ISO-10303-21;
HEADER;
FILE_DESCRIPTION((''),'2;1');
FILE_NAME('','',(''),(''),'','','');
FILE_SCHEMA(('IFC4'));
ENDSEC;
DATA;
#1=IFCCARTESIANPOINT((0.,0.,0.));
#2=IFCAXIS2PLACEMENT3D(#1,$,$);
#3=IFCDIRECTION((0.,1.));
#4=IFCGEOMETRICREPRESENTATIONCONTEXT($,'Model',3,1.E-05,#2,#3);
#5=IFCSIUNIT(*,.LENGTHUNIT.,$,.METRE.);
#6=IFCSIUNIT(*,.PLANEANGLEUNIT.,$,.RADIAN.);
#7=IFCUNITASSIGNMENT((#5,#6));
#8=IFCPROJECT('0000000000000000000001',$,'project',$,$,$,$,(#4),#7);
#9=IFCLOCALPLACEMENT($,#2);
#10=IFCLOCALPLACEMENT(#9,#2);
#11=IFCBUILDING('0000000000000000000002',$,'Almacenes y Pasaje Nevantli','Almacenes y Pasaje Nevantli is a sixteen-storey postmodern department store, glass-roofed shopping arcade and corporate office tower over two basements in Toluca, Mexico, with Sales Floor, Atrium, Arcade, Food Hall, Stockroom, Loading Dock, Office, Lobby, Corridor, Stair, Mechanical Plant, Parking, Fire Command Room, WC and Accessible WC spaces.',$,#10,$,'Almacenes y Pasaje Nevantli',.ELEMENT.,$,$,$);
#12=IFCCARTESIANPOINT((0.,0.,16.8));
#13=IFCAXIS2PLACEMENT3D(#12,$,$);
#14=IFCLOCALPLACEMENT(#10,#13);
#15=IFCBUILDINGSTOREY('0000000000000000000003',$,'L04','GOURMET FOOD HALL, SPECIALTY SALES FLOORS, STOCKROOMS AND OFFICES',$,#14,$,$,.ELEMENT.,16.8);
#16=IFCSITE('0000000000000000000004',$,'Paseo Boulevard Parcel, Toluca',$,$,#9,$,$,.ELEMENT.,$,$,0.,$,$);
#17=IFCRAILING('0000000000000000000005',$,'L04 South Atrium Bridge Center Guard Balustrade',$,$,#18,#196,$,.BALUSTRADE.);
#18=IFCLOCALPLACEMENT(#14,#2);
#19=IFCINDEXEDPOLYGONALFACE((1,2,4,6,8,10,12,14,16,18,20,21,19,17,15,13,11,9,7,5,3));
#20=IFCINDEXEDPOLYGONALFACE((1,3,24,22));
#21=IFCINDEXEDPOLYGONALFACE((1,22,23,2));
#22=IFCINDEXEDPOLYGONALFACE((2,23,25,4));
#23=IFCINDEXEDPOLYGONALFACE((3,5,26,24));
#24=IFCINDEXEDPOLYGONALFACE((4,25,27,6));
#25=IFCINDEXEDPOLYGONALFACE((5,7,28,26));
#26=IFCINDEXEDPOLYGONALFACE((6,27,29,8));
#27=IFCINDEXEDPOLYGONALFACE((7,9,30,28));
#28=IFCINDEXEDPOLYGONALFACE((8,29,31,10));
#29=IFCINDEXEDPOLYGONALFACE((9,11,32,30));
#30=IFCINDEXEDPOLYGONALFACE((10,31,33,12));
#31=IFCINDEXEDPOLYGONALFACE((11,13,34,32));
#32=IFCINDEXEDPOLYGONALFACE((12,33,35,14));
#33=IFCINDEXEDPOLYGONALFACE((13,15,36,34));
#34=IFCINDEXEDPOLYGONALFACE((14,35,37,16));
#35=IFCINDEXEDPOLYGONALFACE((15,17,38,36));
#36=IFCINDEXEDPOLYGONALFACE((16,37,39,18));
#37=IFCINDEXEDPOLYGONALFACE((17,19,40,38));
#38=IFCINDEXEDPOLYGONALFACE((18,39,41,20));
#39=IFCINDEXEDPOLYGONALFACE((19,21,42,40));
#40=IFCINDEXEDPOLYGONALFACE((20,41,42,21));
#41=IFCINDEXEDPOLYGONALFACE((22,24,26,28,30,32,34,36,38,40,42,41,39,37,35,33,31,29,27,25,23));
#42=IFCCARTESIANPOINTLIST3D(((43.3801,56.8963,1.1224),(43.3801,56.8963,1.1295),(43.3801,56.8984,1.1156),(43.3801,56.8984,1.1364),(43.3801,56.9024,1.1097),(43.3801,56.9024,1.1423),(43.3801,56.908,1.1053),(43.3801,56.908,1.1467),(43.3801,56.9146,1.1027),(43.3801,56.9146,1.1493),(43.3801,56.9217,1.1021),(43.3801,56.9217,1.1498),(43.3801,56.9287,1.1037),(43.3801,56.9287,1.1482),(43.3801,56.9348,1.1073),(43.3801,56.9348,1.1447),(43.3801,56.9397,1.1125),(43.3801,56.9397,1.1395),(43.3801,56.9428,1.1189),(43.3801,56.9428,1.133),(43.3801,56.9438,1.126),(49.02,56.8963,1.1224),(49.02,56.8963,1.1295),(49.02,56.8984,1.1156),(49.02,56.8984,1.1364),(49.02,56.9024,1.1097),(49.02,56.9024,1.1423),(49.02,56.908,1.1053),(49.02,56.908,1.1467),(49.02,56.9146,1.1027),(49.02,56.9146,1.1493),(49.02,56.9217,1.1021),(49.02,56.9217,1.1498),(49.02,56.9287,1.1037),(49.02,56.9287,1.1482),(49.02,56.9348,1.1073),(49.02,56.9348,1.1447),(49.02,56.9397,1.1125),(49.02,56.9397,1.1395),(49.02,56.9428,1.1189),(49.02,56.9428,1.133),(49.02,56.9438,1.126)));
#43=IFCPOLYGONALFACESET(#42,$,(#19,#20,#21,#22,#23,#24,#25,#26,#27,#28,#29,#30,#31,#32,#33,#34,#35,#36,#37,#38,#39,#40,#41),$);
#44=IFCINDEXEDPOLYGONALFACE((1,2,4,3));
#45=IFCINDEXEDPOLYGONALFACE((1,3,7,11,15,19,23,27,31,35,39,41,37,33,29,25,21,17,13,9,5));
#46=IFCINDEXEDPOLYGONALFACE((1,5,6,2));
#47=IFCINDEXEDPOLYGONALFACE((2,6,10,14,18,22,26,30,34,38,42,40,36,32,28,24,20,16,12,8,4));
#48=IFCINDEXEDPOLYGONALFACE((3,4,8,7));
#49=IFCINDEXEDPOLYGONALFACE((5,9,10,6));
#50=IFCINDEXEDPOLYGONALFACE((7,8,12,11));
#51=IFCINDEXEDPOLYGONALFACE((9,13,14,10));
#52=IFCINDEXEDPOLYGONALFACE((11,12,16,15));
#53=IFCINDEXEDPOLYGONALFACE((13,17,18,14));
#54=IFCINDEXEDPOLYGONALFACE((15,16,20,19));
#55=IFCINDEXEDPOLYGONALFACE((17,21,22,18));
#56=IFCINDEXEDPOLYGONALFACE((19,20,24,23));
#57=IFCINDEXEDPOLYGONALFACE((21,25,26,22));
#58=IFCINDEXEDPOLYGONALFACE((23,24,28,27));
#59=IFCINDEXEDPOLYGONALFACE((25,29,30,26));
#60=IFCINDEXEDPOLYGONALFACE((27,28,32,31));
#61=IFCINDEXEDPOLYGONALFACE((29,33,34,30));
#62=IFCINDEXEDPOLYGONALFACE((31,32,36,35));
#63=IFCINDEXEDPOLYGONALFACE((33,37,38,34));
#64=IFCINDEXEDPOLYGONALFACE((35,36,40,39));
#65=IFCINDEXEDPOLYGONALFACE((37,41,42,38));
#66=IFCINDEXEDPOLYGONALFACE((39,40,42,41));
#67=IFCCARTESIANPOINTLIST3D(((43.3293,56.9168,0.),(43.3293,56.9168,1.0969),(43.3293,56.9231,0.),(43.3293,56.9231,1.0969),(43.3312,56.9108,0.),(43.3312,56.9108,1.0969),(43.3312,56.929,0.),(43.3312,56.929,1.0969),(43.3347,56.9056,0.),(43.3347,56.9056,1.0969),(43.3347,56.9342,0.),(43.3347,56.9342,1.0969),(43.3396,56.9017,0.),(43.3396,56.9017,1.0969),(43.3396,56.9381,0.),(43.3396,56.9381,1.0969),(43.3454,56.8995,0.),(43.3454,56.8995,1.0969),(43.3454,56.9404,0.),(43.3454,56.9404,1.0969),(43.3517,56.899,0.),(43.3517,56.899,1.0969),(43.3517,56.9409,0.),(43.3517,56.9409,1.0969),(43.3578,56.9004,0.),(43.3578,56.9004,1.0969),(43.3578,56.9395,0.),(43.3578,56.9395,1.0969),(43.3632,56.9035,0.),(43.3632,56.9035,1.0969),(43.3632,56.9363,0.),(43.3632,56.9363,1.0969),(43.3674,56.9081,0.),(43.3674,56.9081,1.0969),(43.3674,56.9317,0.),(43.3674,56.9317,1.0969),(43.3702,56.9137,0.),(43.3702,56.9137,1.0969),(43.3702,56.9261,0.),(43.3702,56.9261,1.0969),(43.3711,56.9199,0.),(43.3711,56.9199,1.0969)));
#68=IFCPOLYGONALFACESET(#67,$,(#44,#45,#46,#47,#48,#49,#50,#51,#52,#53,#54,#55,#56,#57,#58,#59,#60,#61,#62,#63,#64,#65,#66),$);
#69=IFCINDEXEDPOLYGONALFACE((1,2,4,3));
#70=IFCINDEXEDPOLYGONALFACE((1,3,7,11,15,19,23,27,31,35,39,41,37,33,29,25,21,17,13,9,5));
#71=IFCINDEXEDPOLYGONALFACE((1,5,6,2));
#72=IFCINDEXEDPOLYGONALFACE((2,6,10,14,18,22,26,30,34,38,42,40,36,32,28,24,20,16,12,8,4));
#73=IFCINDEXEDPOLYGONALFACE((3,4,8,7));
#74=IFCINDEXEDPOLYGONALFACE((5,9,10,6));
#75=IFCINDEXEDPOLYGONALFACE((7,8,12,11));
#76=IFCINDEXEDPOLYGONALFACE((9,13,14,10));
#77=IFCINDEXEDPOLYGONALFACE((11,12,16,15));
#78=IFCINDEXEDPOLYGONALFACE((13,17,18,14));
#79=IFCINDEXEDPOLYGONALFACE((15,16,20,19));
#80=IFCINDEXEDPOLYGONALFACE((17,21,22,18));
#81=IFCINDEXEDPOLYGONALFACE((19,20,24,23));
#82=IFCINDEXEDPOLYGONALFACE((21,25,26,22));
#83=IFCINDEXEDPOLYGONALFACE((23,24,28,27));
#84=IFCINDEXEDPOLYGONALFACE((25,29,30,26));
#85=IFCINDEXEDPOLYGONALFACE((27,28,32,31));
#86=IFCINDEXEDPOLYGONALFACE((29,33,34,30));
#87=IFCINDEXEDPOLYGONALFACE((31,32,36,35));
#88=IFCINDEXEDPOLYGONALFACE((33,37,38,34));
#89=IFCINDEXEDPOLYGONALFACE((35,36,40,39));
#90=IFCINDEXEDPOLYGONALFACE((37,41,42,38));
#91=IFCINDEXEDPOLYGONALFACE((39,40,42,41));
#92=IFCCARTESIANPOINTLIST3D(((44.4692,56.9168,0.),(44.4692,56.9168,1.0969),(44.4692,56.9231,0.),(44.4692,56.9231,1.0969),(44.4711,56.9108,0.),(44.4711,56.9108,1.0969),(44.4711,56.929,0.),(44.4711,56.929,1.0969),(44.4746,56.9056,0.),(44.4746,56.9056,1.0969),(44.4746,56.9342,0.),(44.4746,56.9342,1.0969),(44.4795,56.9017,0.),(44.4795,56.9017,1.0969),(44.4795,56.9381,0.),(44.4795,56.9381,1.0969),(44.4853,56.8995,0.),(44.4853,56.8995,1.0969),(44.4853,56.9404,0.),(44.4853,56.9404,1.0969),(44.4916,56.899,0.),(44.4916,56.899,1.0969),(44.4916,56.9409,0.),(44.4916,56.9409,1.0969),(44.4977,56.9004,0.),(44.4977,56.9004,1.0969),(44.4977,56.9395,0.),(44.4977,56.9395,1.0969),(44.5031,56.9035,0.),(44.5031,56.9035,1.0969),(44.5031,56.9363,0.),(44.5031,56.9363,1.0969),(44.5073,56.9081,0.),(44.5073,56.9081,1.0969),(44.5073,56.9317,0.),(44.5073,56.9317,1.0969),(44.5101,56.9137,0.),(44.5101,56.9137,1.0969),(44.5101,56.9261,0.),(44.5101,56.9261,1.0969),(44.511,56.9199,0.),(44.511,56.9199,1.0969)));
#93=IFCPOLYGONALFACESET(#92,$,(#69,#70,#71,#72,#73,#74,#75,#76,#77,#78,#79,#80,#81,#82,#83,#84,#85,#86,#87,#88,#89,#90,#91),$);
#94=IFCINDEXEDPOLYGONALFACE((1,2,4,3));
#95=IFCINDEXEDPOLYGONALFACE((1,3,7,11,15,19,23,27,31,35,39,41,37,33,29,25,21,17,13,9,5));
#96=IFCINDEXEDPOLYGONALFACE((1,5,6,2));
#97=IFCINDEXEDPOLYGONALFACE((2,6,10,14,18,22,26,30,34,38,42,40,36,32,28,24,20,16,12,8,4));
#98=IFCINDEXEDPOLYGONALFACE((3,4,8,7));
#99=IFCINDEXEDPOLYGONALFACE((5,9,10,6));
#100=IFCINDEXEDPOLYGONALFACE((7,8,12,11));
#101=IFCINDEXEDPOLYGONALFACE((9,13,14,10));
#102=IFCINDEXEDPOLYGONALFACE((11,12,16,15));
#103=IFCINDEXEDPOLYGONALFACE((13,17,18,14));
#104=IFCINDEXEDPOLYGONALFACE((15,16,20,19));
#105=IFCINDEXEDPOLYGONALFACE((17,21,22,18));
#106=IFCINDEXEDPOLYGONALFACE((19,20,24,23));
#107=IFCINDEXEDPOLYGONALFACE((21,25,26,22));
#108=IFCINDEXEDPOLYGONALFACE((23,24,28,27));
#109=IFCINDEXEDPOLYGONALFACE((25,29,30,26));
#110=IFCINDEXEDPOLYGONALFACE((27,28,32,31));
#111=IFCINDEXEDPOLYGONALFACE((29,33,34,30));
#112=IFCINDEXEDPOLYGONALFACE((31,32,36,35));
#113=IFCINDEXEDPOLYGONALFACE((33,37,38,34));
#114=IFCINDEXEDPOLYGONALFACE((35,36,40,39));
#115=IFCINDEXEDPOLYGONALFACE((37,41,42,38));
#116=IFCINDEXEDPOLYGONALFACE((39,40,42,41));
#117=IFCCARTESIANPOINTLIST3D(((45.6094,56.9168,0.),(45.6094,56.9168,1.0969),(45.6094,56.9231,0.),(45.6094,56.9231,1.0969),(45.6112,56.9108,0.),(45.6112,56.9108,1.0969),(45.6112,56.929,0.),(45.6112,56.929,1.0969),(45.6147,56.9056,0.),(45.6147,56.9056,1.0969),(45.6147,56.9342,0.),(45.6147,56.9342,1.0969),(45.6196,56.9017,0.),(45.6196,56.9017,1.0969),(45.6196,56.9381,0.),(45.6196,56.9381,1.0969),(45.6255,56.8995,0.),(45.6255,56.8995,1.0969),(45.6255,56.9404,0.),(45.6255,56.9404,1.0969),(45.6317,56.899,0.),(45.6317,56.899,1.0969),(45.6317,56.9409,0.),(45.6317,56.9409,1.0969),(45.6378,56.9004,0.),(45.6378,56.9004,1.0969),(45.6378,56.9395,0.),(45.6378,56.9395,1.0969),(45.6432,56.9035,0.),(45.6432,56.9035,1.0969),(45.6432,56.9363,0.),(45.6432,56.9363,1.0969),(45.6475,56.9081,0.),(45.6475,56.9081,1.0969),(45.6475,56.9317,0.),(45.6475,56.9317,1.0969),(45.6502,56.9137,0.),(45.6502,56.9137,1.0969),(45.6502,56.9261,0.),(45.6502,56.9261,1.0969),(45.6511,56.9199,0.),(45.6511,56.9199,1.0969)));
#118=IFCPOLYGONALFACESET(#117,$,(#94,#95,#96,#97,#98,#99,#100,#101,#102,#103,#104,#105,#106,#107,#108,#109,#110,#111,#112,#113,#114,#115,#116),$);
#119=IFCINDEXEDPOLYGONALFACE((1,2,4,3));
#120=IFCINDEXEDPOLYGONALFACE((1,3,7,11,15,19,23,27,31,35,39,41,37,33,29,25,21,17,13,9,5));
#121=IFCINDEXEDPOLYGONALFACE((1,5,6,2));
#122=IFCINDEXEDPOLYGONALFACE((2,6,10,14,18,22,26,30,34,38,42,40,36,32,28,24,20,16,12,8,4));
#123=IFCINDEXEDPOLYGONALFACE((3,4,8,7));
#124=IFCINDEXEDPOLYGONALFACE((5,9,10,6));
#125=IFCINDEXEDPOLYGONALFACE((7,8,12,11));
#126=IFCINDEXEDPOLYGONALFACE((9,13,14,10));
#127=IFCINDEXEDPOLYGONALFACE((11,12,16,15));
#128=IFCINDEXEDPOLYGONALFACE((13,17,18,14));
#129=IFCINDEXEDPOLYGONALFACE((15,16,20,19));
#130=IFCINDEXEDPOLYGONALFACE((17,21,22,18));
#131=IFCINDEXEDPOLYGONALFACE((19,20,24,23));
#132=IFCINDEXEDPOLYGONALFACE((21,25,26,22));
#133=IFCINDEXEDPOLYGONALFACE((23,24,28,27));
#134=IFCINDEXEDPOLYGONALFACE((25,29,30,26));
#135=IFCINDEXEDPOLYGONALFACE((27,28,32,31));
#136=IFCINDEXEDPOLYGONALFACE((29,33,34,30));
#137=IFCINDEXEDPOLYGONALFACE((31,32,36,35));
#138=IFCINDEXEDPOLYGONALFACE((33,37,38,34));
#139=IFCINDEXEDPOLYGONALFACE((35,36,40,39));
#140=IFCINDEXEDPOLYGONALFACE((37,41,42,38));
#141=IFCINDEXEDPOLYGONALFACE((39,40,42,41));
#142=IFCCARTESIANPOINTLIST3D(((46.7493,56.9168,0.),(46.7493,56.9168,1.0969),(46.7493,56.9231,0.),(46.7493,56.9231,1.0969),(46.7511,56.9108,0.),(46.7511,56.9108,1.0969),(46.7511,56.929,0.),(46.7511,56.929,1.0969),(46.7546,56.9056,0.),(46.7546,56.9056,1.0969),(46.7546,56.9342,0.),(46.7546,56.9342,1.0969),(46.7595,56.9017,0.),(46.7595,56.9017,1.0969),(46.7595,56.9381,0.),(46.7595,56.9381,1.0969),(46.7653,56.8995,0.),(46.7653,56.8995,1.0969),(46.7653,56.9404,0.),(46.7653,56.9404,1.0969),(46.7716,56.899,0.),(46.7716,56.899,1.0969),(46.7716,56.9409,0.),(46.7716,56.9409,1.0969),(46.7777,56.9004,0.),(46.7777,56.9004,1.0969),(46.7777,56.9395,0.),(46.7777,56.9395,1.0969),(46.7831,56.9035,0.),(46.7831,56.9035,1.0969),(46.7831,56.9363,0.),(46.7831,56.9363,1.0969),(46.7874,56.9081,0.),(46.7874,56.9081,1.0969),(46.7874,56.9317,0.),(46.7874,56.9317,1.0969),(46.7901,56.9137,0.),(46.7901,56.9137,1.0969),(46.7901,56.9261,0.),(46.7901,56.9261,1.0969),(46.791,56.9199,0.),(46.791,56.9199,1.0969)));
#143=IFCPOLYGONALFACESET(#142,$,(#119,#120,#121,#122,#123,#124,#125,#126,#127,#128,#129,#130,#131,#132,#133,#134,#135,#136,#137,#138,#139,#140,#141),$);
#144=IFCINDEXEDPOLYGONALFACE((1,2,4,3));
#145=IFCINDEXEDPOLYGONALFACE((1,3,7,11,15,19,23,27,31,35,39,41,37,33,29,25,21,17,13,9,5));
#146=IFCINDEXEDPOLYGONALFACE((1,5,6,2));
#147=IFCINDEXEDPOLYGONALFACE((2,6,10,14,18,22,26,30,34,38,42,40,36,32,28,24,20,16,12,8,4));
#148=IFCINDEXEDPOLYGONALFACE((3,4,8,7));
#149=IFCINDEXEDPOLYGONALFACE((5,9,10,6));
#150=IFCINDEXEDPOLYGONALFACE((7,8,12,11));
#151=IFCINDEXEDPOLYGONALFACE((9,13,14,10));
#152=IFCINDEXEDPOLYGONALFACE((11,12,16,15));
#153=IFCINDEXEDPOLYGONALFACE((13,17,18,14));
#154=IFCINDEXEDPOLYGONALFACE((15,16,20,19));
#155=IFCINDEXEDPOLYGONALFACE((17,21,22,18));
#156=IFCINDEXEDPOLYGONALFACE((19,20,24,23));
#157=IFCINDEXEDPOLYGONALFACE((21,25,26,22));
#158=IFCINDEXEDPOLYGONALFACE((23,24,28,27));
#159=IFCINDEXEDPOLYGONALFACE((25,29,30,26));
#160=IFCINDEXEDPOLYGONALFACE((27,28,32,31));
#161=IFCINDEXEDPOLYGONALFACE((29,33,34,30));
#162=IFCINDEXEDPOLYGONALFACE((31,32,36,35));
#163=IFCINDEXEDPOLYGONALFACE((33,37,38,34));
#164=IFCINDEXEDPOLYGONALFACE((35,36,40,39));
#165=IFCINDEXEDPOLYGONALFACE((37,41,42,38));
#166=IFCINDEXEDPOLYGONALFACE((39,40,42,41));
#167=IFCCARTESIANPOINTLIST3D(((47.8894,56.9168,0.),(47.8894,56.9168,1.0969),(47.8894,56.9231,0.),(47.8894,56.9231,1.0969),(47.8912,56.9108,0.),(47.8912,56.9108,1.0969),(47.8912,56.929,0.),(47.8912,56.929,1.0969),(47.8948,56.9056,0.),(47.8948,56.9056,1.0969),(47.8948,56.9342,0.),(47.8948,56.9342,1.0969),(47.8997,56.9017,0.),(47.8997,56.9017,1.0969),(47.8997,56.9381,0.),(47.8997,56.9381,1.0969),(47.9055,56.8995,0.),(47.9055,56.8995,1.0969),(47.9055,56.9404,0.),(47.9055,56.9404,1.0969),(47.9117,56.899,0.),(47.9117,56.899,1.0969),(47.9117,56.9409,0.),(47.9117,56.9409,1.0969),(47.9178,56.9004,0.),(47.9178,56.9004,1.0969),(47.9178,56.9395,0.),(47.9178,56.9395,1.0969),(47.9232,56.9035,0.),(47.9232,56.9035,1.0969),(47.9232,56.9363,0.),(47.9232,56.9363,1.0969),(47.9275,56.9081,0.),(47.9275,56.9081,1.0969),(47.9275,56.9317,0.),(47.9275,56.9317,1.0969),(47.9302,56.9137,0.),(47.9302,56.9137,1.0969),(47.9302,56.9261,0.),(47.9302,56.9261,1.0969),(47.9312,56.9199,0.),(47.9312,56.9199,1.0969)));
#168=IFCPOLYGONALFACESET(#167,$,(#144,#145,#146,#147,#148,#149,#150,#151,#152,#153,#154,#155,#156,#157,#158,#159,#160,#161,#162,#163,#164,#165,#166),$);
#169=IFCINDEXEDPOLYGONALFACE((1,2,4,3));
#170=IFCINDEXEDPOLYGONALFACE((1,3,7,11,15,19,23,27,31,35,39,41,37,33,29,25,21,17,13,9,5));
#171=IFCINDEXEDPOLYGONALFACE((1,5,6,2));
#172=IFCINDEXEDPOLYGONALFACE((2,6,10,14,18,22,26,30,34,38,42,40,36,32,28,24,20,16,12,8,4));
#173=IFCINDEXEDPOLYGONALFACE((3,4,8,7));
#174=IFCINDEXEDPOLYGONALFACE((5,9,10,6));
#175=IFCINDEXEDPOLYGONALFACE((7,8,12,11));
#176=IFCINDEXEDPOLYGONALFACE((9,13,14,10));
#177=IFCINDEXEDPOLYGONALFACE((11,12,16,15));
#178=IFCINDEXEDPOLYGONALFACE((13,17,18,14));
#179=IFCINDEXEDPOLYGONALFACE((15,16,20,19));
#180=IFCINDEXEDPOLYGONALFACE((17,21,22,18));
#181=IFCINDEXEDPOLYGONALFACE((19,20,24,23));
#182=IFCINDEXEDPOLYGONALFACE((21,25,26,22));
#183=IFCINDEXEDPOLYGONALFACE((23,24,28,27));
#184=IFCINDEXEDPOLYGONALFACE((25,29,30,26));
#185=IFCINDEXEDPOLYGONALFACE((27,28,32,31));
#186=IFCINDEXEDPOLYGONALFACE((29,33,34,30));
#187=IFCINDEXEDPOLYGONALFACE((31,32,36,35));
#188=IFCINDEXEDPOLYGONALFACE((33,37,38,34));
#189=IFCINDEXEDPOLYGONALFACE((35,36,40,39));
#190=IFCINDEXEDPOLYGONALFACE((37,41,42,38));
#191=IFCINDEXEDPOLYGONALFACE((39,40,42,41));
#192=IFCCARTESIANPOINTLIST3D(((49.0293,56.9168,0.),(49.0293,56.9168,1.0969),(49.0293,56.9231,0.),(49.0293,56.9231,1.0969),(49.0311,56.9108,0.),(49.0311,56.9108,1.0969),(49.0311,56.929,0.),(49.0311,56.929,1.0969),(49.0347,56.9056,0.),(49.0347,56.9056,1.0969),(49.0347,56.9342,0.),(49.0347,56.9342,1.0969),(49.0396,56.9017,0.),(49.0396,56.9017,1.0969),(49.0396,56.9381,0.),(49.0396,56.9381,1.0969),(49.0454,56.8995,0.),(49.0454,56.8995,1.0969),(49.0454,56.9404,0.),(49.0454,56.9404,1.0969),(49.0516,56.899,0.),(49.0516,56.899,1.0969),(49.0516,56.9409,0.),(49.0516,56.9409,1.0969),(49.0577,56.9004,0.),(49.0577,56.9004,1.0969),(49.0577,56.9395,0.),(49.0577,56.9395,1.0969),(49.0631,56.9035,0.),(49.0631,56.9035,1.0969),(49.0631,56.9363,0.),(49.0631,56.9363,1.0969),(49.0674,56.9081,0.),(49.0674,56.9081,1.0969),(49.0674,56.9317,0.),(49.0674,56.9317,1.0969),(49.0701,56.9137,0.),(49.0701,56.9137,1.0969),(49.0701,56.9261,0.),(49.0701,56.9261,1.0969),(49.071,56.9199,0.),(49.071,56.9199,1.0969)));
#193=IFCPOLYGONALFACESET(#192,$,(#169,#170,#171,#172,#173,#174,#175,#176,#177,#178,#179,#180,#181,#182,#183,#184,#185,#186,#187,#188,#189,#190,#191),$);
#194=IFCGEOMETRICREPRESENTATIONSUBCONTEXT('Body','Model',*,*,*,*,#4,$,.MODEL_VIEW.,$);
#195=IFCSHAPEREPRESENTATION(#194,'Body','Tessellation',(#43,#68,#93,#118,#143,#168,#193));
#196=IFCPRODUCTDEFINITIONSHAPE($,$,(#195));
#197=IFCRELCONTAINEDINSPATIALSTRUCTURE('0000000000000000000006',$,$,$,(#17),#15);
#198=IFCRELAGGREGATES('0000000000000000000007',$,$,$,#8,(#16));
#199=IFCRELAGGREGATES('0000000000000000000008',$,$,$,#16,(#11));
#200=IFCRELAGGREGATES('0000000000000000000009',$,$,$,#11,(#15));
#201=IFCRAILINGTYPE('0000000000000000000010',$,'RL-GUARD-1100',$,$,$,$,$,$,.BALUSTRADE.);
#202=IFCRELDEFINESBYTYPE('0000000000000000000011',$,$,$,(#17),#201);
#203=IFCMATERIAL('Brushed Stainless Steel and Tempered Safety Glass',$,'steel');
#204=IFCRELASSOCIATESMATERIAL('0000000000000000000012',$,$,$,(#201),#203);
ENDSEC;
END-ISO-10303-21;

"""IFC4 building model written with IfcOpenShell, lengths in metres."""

from ifc_helpers import new_model, si_unit, direction, frame, origin, origin_2d, place, context, subcontext, project, spatial, circle, extrude, material, type_object, element, save


model = new_model("IFC4")

# Units and contexts
model_context = context("Model", 3, precision=1e-05, world=origin(), true_north=direction((0.0, 1.0)))
body_context = subcontext(model_context, "Body", "Model", "MODEL_VIEW")
ifc_project = project(units=[si_unit("LENGTHUNIT", "METRE"), si_unit("PLANEANGLEUNIT", "RADIAN")], contexts=[model_context])

# Site, building, storey
site_placement = place(None, origin())
site = spatial("IfcSite", under=ifc_project, at=site_placement, Name="Paseo Boulevard Parcel, Toluca", CompositionType="ELEMENT", RefElevation=0.0)
building_placement = place(site_placement, origin())
building = spatial("IfcBuilding", under=site, at=building_placement, Name="Almacenes y Pasaje Nevantli", Description="Almacenes y Pasaje Nevantli is a sixteen-storey postmodern department store, glass-roofed shopping arcade and corporate office tower over two basements in Toluca, Mexico, with Sales Floor, Atrium, Arcade, Food Hall, Stockroom, Loading Dock, Office, Lobby, Corridor, Stair, Mechanical Plant, Parking, Fire Command Room, WC and Accessible WC spaces.", LongName="Almacenes y Pasaje Nevantli", CompositionType="ELEMENT")
storey_placement = place(building_placement, frame((0.0, 0.0, 16.8)))
storey = spatial("IfcBuildingStorey", under=building, at=storey_placement, Name="L04", Description="GOURMET FOOD HALL, SPECIALTY SALES FLOORS, STOCKROOMS AND OFFICES", CompositionType="ELEMENT", Elevation=16.8)

# Railing
ifc_material_1 = material(Name="Brushed Stainless Steel and Tempered Safety Glass", Category="steel")
railing_type = type_object("IfcRailingType", Name="RL-GUARD-1100", PredefinedType="BALUSTRADE", material=ifc_material_1)
railing_1_placement = place(storey_placement, frame((43.3501, 56.9199, 0.0)))
element("IfcRailing", 1, at=railing_1_placement, inside=storey, type_object=railing_type, Name="L04 South Atrium Bridge Center Guard Balustrade", PredefinedType="BALUSTRADE", context=body_context, shape_type="SweptSolid", body=[
    extrude(circle(Radius=0.0239, at=origin_2d()), frame((0.03, 0.0, 1.126), z_axis=(1.0, 0.0, 0.0), x_axis=(0.0, 1.0, 0.0)), (0.0, 0.0, 1.0), 5.6399),
    extrude(circle(Radius=0.021, at=origin_2d()), origin(), (0.0, 0.0, 1.0), 1.0969),
    extrude(circle(Radius=0.021, at=origin_2d()), frame((1.1399, 0.0, 0.0)), (0.0, 0.0, 1.0), 1.0969),
    extrude(circle(Radius=0.021, at=origin_2d()), frame((2.28, 0.0, 0.0)), (0.0, 0.0, 1.0), 1.0969),
    extrude(circle(Radius=0.021, at=origin_2d()), frame((3.4199, 0.0, 0.0)), (0.0, 0.0, 1.0), 1.0969),
    extrude(circle(Radius=0.021, at=origin_2d()), frame((4.5601, 0.0, 0.0)), (0.0, 0.0, 1.0), 1.0969),
    extrude(circle(Radius=0.021, at=origin_2d()), frame((5.7, 0.0, 0.0)), (0.0, 0.0, 1.0), 1.0969),
])

save(model, "model.ifc")
